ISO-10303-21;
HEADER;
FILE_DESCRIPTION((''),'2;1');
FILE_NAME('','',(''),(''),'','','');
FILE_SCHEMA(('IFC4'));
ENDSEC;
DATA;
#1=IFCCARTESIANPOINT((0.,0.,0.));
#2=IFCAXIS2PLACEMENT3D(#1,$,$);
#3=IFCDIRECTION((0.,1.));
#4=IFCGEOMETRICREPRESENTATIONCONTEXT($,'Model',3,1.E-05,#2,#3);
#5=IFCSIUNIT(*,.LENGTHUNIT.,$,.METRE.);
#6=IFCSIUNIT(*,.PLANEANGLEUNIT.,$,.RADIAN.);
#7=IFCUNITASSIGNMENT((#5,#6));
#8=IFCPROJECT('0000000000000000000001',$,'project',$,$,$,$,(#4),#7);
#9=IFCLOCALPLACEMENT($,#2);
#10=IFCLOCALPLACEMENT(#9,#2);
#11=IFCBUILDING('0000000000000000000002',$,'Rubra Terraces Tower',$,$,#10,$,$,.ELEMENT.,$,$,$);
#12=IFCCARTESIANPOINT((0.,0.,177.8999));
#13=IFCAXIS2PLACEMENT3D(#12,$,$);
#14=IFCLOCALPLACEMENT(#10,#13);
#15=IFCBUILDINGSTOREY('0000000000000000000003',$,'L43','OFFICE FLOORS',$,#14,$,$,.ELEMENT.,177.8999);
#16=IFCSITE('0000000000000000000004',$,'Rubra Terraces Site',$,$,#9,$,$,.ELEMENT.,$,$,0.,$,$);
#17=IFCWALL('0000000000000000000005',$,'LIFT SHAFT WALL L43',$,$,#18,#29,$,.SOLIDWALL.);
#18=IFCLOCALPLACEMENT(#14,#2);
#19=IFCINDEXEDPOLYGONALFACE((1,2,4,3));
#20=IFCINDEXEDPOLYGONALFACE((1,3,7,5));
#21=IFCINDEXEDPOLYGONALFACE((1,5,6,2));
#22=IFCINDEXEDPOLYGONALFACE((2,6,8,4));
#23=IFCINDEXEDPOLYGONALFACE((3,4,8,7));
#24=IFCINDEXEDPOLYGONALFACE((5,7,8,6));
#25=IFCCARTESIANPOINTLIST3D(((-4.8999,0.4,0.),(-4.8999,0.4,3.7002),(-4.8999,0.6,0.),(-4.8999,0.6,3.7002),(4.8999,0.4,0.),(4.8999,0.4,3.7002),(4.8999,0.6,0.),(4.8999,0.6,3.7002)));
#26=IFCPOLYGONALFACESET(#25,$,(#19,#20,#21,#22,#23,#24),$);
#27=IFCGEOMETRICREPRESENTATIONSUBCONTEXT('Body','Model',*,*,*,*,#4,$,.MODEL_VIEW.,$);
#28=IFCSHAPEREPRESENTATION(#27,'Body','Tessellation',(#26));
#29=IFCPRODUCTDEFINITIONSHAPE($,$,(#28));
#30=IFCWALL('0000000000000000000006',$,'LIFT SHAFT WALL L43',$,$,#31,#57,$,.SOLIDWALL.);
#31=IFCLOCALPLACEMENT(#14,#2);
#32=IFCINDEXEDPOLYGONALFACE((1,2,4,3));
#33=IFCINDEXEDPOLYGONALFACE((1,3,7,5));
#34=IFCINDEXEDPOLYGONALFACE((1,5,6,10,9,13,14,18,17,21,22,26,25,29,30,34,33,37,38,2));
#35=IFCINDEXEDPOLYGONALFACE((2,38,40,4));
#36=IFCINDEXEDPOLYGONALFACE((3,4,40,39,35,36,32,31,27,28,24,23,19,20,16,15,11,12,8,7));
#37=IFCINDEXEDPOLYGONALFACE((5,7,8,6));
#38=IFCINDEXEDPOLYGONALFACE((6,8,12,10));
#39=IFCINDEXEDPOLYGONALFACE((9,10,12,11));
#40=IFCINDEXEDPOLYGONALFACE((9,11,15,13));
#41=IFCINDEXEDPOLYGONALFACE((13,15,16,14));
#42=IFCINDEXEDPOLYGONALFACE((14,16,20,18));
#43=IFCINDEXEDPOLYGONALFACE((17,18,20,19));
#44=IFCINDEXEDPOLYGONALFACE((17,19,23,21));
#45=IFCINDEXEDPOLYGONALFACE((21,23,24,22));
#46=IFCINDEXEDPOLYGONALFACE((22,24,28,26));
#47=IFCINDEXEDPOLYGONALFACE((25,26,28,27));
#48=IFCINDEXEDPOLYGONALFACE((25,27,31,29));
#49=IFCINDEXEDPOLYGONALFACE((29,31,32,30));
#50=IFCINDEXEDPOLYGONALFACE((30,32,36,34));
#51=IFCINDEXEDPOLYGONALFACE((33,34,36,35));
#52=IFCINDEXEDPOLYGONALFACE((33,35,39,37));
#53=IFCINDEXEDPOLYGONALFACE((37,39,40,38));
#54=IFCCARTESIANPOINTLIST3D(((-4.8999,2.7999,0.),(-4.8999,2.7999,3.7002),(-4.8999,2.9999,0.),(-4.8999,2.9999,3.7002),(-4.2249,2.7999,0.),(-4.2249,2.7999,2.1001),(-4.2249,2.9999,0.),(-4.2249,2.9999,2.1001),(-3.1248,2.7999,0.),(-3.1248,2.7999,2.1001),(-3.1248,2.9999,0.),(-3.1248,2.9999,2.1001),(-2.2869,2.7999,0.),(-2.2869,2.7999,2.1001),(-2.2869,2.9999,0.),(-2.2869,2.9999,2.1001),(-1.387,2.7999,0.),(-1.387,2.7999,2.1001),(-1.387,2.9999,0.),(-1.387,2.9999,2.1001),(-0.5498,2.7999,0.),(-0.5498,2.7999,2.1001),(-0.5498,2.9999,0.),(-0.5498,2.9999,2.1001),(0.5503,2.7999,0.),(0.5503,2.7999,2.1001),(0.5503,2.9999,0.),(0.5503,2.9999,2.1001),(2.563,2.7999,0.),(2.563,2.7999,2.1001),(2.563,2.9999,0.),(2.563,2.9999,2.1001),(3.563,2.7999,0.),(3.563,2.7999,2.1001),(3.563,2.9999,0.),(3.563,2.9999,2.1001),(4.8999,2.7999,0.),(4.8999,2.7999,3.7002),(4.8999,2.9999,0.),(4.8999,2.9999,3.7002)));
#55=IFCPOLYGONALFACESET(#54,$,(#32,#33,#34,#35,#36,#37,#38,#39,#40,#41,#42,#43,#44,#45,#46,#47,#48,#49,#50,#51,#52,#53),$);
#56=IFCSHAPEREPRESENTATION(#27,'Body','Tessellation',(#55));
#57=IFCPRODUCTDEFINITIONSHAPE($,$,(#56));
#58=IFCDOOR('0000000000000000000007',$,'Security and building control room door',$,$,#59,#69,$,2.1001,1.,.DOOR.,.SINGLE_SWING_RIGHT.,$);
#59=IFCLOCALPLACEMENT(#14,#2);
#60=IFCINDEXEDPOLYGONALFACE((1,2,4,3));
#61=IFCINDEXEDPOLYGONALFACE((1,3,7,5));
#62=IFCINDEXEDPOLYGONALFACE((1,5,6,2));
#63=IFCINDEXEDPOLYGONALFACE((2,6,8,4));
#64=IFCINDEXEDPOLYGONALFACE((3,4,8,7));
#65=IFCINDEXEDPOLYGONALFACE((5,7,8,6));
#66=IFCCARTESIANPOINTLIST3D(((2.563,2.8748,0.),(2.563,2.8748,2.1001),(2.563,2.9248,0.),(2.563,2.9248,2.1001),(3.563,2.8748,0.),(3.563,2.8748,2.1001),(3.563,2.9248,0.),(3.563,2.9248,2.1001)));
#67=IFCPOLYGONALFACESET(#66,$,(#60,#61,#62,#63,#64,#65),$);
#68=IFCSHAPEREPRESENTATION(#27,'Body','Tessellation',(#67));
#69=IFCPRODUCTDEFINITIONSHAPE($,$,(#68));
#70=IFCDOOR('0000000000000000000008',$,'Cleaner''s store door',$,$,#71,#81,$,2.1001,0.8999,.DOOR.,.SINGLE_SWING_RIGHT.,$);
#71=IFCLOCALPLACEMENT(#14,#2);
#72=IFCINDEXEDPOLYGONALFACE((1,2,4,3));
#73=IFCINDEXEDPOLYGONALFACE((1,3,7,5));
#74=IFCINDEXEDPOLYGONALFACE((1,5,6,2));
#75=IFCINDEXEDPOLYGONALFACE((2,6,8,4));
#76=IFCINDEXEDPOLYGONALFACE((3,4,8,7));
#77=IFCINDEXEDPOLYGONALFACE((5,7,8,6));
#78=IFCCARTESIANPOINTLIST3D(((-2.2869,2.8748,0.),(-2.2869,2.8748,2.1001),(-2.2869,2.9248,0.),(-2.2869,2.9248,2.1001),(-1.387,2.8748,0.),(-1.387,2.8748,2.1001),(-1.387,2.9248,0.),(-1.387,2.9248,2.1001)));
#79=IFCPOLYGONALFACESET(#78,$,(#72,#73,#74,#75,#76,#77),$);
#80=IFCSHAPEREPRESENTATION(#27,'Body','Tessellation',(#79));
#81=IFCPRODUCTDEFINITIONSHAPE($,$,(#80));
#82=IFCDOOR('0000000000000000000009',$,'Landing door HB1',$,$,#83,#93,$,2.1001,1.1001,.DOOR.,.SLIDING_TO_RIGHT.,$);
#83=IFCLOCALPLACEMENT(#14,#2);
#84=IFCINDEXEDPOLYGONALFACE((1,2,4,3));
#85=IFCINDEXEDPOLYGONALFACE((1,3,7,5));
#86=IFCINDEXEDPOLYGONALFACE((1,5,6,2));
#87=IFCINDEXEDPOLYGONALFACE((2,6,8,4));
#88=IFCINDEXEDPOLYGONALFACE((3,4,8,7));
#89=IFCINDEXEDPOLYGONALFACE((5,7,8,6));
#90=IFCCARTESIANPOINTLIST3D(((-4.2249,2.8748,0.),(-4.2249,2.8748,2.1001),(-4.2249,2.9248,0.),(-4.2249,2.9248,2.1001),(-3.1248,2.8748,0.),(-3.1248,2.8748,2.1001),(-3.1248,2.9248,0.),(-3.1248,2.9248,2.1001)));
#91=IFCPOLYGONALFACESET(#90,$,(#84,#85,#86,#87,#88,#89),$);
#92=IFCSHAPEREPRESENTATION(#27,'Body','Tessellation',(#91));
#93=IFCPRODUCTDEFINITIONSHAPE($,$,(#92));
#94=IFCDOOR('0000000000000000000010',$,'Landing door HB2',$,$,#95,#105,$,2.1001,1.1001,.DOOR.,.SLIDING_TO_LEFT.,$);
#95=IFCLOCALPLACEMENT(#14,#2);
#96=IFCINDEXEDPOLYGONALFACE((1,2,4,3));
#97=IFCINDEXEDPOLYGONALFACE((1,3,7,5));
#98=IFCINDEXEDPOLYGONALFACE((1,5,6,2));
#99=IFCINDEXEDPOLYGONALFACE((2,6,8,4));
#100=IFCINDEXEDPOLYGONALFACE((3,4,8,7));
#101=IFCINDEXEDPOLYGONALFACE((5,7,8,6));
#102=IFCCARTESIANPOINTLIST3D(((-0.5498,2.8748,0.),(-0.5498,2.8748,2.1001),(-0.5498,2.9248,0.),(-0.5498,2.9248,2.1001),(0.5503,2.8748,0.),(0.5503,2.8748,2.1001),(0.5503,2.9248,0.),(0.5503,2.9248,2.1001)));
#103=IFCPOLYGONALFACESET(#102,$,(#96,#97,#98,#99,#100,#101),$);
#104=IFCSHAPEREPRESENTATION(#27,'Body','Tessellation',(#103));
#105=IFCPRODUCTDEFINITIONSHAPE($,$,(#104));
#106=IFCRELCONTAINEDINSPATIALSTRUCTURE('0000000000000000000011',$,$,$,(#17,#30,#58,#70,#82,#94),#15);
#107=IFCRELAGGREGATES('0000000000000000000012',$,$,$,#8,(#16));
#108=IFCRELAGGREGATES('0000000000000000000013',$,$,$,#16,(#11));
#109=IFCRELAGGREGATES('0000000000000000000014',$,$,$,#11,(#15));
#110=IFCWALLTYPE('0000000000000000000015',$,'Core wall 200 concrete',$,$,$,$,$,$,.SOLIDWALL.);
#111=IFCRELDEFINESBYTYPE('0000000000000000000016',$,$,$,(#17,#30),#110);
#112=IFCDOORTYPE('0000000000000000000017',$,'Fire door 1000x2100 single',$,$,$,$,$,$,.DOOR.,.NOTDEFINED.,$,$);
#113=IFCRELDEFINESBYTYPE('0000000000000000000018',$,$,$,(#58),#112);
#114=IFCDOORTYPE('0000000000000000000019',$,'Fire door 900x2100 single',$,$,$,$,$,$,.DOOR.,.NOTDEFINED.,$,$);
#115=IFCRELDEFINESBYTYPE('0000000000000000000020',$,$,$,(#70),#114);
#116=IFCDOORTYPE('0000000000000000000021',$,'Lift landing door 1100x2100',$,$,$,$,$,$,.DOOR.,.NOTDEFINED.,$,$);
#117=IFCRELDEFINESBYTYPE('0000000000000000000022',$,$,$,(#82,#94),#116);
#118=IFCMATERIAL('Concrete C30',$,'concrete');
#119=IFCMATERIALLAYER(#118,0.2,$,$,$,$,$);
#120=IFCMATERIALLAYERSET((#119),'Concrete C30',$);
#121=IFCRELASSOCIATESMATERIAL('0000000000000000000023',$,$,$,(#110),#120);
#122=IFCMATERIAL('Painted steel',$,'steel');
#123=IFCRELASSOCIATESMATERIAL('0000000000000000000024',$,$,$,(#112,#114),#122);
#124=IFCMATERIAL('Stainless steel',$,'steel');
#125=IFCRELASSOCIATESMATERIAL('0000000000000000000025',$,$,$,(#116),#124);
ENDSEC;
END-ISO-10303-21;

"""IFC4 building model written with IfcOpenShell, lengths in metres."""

from ifc_helpers import new_model, si_unit, direction, frame, frame_2d, origin, place, context, subcontext, project, spatial, rectangle, extrude, material, layer, layer_set, type_object, element, fill, save


model = new_model("IFC4")

# Units and contexts
model_context = context("Model", 3, precision=1e-05, world=origin(), true_north=direction((0.0, 1.0)))
body_context = subcontext(model_context, "Body", "Model", "MODEL_VIEW")
ifc_project = project(units=[si_unit("LENGTHUNIT", "METRE"), si_unit("PLANEANGLEUNIT", "RADIAN")], contexts=[model_context])

# Site, building, storey
site_placement = place(None, origin())
site = spatial("IfcSite", under=ifc_project, at=site_placement, Name="Rubra Terraces Site", CompositionType="ELEMENT", RefElevation=0.0)
building_placement = place(site_placement, origin())
building = spatial("IfcBuilding", under=site, at=building_placement, Name="Rubra Terraces Tower", CompositionType="ELEMENT")
storey_placement = place(building_placement, frame((0.0, 0.0, 177.8999)))
storey = spatial("IfcBuildingStorey", under=building, at=storey_placement, Name="L43", Description="OFFICE FLOORS", CompositionType="ELEMENT", Elevation=177.8999)

# Wall
ifc_material_1 = material(Name="Concrete C30", Category="concrete")
ifc_layer_1 = layer(ifc_material_1, 0.2)
ifc_layer_set_1 = layer_set([ifc_layer_1], Name="Concrete C30")
wall_type_1 = type_object("IfcWallType", Name="Core wall 200 concrete", PredefinedType="SOLIDWALL", material=ifc_layer_set_1)
wall_1_placement = place(storey_placement, frame((-4.8999, 0.5, 0.0), z_axis=(0.0, 0.0, 1.0), x_axis=(1.0, 0.0, 0.0)))
element("IfcWall", 1, at=wall_1_placement, inside=storey, type_object=wall_type_1, Name="LIFT SHAFT WALL L43", PredefinedType="SOLIDWALL", context=body_context, shape_type="SweptSolid", body=[
    extrude(rectangle(XDim=9.7998, YDim=0.2, at=frame_2d((4.8999, 0.0))), origin(), (0.0, 0.0, 1.0), 3.7002),
])

# Wall, openings, doors
wall_2_placement = place(storey_placement, frame((-4.8999, 2.8999, 0.0), z_axis=(0.0, 0.0, 1.0), x_axis=(1.0, 0.0, 0.0)))
wall_2 = element("IfcWall", 2, at=wall_2_placement, inside=storey, type_object=wall_type_1, Name="LIFT SHAFT WALL L43", PredefinedType="SOLIDWALL", context=body_context, shape_type="SweptSolid", body=[
    extrude(rectangle(XDim=9.7998, YDim=0.2, at=frame_2d((4.8999, 0.0))), origin(), (0.0, 0.0, 1.0), 3.7002),
])
opening_1_placement = place(wall_2_placement, frame((0.675, 0.0, 0.0)))
opening_1 = element("IfcOpeningElement", 3, at=opening_1_placement, cuts=wall_2, PredefinedType="OPENING", context=body_context, shape_type="SweptSolid", body=[
    extrude(rectangle(XDim=1.1001, YDim=2.1001, at=frame_2d((0.55, 1.05))), frame((0.0, 0.1099, 0.0), z_axis=(0.0, -1.0, 0.0), x_axis=(1.0, 0.0, 0.0)), (0.0, 0.0, 1.0), 0.22),
])
opening_2_placement = place(wall_2_placement, frame((2.613, 0.0, 0.0)))
opening_2 = element("IfcOpeningElement", 4, at=opening_2_placement, cuts=wall_2, PredefinedType="OPENING", context=body_context, shape_type="SweptSolid", body=[
    extrude(rectangle(XDim=0.8999, YDim=2.1001, at=frame_2d((0.45, 1.05))), frame((0.0, 0.1099, 0.0), z_axis=(0.0, -1.0, 0.0), x_axis=(1.0, 0.0, 0.0)), (0.0, 0.0, 1.0), 0.22),
])
opening_3_placement = place(wall_2_placement, frame((4.3501, 0.0, 0.0)))
opening_3 = element("IfcOpeningElement", 5, at=opening_3_placement, cuts=wall_2, PredefinedType="OPENING", context=body_context, shape_type="SweptSolid", body=[
    extrude(rectangle(XDim=1.1001, YDim=2.1001, at=frame_2d((0.55, 1.05))), frame((0.0, 0.1099, 0.0), z_axis=(0.0, -1.0, 0.0), x_axis=(1.0, 0.0, 0.0)), (0.0, 0.0, 1.0), 0.22),
])
opening_4_placement = place(wall_2_placement, frame((7.4629, 0.0, 0.0)))
opening_4 = element("IfcOpeningElement", 6, at=opening_4_placement, cuts=wall_2, PredefinedType="OPENING", context=body_context, shape_type="SweptSolid", body=[
    extrude(rectangle(XDim=1.0, YDim=2.1001, at=frame_2d((0.5, 1.05))), frame((0.0, 0.1099, 0.0), z_axis=(0.0, -1.0, 0.0), x_axis=(1.0, 0.0, 0.0)), (0.0, 0.0, 1.0), 0.22),
])
ifc_material_2 = material(Name="Painted steel", Category="steel")
door_type_1 = type_object("IfcDoorType", Name="Fire door 1000x2100 single", OperationType="NOTDEFINED", PredefinedType="DOOR", material=ifc_material_2)
door_1_placement = place(opening_4_placement, origin())
door_1 = element("IfcDoor", 7, at=door_1_placement, inside=storey, type_object=door_type_1, Name="Security and building control room door", OperationType="SINGLE_SWING_RIGHT", OverallHeight=2.1001, OverallWidth=1.0, PredefinedType="DOOR", context=body_context, shape_type="SweptSolid", body=[
    extrude(rectangle(XDim=1.0, YDim=2.1001, at=frame_2d((0.5, 1.05))), frame((0.0, 0.0249, 0.0), z_axis=(0.0, -1.0, 0.0), x_axis=(1.0, 0.0, 0.0)), (0.0, 0.0, 1.0), 0.05),
])
fill(opening_4, door_1)
door_type_2 = type_object("IfcDoorType", Name="Fire door 900x2100 single", OperationType="NOTDEFINED", PredefinedType="DOOR", material=ifc_material_2)
door_2_placement = place(opening_2_placement, origin())
door_2 = element("IfcDoor", 8, at=door_2_placement, inside=storey, type_object=door_type_2, Name="Cleaner's store door", OperationType="SINGLE_SWING_RIGHT", OverallHeight=2.1001, OverallWidth=0.8999, PredefinedType="DOOR", context=body_context, shape_type="SweptSolid", body=[
    extrude(rectangle(XDim=0.8999, YDim=2.1001, at=frame_2d((0.45, 1.05))), frame((0.0, 0.0249, 0.0), z_axis=(0.0, -1.0, 0.0), x_axis=(1.0, 0.0, 0.0)), (0.0, 0.0, 1.0), 0.05),
])
fill(opening_2, door_2)
ifc_material_3 = material(Name="Stainless steel", Category="steel")
door_type_3 = type_object("IfcDoorType", Name="Lift landing door 1100x2100", OperationType="NOTDEFINED", PredefinedType="DOOR", material=ifc_material_3)
door_3_placement = place(opening_1_placement, origin())
door_3 = element("IfcDoor", 9, at=door_3_placement, inside=storey, type_object=door_type_3, Name="Landing door HB1", OperationType="SLIDING_TO_RIGHT", OverallHeight=2.1001, OverallWidth=1.1001, PredefinedType="DOOR", context=body_context, shape_type="SweptSolid", body=[
    extrude(rectangle(XDim=1.1001, YDim=2.1001, at=frame_2d((0.55, 1.05))), frame((0.0, 0.0249, 0.0), z_axis=(0.0, -1.0, 0.0), x_axis=(1.0, 0.0, 0.0)), (0.0, 0.0, 1.0), 0.05),
])
fill(opening_1, door_3)
door_4_placement = place(opening_3_placement, origin())
door_4 = element("IfcDoor", 10, at=door_4_placement, inside=storey, type_object=door_type_3, Name="Landing door HB2", OperationType="SLIDING_TO_LEFT", OverallHeight=2.1001, OverallWidth=1.1001, PredefinedType="DOOR", context=body_context, shape_type="SweptSolid", body=[
    extrude(rectangle(XDim=1.1001, YDim=2.1001, at=frame_2d((0.55, 1.05))), frame((0.0, 0.0249, 0.0), z_axis=(0.0, -1.0, 0.0), x_axis=(1.0, 0.0, 0.0)), (0.0, 0.0, 1.0), 0.05),
])
fill(opening_3, door_4)

save(model, "model.ifc")
